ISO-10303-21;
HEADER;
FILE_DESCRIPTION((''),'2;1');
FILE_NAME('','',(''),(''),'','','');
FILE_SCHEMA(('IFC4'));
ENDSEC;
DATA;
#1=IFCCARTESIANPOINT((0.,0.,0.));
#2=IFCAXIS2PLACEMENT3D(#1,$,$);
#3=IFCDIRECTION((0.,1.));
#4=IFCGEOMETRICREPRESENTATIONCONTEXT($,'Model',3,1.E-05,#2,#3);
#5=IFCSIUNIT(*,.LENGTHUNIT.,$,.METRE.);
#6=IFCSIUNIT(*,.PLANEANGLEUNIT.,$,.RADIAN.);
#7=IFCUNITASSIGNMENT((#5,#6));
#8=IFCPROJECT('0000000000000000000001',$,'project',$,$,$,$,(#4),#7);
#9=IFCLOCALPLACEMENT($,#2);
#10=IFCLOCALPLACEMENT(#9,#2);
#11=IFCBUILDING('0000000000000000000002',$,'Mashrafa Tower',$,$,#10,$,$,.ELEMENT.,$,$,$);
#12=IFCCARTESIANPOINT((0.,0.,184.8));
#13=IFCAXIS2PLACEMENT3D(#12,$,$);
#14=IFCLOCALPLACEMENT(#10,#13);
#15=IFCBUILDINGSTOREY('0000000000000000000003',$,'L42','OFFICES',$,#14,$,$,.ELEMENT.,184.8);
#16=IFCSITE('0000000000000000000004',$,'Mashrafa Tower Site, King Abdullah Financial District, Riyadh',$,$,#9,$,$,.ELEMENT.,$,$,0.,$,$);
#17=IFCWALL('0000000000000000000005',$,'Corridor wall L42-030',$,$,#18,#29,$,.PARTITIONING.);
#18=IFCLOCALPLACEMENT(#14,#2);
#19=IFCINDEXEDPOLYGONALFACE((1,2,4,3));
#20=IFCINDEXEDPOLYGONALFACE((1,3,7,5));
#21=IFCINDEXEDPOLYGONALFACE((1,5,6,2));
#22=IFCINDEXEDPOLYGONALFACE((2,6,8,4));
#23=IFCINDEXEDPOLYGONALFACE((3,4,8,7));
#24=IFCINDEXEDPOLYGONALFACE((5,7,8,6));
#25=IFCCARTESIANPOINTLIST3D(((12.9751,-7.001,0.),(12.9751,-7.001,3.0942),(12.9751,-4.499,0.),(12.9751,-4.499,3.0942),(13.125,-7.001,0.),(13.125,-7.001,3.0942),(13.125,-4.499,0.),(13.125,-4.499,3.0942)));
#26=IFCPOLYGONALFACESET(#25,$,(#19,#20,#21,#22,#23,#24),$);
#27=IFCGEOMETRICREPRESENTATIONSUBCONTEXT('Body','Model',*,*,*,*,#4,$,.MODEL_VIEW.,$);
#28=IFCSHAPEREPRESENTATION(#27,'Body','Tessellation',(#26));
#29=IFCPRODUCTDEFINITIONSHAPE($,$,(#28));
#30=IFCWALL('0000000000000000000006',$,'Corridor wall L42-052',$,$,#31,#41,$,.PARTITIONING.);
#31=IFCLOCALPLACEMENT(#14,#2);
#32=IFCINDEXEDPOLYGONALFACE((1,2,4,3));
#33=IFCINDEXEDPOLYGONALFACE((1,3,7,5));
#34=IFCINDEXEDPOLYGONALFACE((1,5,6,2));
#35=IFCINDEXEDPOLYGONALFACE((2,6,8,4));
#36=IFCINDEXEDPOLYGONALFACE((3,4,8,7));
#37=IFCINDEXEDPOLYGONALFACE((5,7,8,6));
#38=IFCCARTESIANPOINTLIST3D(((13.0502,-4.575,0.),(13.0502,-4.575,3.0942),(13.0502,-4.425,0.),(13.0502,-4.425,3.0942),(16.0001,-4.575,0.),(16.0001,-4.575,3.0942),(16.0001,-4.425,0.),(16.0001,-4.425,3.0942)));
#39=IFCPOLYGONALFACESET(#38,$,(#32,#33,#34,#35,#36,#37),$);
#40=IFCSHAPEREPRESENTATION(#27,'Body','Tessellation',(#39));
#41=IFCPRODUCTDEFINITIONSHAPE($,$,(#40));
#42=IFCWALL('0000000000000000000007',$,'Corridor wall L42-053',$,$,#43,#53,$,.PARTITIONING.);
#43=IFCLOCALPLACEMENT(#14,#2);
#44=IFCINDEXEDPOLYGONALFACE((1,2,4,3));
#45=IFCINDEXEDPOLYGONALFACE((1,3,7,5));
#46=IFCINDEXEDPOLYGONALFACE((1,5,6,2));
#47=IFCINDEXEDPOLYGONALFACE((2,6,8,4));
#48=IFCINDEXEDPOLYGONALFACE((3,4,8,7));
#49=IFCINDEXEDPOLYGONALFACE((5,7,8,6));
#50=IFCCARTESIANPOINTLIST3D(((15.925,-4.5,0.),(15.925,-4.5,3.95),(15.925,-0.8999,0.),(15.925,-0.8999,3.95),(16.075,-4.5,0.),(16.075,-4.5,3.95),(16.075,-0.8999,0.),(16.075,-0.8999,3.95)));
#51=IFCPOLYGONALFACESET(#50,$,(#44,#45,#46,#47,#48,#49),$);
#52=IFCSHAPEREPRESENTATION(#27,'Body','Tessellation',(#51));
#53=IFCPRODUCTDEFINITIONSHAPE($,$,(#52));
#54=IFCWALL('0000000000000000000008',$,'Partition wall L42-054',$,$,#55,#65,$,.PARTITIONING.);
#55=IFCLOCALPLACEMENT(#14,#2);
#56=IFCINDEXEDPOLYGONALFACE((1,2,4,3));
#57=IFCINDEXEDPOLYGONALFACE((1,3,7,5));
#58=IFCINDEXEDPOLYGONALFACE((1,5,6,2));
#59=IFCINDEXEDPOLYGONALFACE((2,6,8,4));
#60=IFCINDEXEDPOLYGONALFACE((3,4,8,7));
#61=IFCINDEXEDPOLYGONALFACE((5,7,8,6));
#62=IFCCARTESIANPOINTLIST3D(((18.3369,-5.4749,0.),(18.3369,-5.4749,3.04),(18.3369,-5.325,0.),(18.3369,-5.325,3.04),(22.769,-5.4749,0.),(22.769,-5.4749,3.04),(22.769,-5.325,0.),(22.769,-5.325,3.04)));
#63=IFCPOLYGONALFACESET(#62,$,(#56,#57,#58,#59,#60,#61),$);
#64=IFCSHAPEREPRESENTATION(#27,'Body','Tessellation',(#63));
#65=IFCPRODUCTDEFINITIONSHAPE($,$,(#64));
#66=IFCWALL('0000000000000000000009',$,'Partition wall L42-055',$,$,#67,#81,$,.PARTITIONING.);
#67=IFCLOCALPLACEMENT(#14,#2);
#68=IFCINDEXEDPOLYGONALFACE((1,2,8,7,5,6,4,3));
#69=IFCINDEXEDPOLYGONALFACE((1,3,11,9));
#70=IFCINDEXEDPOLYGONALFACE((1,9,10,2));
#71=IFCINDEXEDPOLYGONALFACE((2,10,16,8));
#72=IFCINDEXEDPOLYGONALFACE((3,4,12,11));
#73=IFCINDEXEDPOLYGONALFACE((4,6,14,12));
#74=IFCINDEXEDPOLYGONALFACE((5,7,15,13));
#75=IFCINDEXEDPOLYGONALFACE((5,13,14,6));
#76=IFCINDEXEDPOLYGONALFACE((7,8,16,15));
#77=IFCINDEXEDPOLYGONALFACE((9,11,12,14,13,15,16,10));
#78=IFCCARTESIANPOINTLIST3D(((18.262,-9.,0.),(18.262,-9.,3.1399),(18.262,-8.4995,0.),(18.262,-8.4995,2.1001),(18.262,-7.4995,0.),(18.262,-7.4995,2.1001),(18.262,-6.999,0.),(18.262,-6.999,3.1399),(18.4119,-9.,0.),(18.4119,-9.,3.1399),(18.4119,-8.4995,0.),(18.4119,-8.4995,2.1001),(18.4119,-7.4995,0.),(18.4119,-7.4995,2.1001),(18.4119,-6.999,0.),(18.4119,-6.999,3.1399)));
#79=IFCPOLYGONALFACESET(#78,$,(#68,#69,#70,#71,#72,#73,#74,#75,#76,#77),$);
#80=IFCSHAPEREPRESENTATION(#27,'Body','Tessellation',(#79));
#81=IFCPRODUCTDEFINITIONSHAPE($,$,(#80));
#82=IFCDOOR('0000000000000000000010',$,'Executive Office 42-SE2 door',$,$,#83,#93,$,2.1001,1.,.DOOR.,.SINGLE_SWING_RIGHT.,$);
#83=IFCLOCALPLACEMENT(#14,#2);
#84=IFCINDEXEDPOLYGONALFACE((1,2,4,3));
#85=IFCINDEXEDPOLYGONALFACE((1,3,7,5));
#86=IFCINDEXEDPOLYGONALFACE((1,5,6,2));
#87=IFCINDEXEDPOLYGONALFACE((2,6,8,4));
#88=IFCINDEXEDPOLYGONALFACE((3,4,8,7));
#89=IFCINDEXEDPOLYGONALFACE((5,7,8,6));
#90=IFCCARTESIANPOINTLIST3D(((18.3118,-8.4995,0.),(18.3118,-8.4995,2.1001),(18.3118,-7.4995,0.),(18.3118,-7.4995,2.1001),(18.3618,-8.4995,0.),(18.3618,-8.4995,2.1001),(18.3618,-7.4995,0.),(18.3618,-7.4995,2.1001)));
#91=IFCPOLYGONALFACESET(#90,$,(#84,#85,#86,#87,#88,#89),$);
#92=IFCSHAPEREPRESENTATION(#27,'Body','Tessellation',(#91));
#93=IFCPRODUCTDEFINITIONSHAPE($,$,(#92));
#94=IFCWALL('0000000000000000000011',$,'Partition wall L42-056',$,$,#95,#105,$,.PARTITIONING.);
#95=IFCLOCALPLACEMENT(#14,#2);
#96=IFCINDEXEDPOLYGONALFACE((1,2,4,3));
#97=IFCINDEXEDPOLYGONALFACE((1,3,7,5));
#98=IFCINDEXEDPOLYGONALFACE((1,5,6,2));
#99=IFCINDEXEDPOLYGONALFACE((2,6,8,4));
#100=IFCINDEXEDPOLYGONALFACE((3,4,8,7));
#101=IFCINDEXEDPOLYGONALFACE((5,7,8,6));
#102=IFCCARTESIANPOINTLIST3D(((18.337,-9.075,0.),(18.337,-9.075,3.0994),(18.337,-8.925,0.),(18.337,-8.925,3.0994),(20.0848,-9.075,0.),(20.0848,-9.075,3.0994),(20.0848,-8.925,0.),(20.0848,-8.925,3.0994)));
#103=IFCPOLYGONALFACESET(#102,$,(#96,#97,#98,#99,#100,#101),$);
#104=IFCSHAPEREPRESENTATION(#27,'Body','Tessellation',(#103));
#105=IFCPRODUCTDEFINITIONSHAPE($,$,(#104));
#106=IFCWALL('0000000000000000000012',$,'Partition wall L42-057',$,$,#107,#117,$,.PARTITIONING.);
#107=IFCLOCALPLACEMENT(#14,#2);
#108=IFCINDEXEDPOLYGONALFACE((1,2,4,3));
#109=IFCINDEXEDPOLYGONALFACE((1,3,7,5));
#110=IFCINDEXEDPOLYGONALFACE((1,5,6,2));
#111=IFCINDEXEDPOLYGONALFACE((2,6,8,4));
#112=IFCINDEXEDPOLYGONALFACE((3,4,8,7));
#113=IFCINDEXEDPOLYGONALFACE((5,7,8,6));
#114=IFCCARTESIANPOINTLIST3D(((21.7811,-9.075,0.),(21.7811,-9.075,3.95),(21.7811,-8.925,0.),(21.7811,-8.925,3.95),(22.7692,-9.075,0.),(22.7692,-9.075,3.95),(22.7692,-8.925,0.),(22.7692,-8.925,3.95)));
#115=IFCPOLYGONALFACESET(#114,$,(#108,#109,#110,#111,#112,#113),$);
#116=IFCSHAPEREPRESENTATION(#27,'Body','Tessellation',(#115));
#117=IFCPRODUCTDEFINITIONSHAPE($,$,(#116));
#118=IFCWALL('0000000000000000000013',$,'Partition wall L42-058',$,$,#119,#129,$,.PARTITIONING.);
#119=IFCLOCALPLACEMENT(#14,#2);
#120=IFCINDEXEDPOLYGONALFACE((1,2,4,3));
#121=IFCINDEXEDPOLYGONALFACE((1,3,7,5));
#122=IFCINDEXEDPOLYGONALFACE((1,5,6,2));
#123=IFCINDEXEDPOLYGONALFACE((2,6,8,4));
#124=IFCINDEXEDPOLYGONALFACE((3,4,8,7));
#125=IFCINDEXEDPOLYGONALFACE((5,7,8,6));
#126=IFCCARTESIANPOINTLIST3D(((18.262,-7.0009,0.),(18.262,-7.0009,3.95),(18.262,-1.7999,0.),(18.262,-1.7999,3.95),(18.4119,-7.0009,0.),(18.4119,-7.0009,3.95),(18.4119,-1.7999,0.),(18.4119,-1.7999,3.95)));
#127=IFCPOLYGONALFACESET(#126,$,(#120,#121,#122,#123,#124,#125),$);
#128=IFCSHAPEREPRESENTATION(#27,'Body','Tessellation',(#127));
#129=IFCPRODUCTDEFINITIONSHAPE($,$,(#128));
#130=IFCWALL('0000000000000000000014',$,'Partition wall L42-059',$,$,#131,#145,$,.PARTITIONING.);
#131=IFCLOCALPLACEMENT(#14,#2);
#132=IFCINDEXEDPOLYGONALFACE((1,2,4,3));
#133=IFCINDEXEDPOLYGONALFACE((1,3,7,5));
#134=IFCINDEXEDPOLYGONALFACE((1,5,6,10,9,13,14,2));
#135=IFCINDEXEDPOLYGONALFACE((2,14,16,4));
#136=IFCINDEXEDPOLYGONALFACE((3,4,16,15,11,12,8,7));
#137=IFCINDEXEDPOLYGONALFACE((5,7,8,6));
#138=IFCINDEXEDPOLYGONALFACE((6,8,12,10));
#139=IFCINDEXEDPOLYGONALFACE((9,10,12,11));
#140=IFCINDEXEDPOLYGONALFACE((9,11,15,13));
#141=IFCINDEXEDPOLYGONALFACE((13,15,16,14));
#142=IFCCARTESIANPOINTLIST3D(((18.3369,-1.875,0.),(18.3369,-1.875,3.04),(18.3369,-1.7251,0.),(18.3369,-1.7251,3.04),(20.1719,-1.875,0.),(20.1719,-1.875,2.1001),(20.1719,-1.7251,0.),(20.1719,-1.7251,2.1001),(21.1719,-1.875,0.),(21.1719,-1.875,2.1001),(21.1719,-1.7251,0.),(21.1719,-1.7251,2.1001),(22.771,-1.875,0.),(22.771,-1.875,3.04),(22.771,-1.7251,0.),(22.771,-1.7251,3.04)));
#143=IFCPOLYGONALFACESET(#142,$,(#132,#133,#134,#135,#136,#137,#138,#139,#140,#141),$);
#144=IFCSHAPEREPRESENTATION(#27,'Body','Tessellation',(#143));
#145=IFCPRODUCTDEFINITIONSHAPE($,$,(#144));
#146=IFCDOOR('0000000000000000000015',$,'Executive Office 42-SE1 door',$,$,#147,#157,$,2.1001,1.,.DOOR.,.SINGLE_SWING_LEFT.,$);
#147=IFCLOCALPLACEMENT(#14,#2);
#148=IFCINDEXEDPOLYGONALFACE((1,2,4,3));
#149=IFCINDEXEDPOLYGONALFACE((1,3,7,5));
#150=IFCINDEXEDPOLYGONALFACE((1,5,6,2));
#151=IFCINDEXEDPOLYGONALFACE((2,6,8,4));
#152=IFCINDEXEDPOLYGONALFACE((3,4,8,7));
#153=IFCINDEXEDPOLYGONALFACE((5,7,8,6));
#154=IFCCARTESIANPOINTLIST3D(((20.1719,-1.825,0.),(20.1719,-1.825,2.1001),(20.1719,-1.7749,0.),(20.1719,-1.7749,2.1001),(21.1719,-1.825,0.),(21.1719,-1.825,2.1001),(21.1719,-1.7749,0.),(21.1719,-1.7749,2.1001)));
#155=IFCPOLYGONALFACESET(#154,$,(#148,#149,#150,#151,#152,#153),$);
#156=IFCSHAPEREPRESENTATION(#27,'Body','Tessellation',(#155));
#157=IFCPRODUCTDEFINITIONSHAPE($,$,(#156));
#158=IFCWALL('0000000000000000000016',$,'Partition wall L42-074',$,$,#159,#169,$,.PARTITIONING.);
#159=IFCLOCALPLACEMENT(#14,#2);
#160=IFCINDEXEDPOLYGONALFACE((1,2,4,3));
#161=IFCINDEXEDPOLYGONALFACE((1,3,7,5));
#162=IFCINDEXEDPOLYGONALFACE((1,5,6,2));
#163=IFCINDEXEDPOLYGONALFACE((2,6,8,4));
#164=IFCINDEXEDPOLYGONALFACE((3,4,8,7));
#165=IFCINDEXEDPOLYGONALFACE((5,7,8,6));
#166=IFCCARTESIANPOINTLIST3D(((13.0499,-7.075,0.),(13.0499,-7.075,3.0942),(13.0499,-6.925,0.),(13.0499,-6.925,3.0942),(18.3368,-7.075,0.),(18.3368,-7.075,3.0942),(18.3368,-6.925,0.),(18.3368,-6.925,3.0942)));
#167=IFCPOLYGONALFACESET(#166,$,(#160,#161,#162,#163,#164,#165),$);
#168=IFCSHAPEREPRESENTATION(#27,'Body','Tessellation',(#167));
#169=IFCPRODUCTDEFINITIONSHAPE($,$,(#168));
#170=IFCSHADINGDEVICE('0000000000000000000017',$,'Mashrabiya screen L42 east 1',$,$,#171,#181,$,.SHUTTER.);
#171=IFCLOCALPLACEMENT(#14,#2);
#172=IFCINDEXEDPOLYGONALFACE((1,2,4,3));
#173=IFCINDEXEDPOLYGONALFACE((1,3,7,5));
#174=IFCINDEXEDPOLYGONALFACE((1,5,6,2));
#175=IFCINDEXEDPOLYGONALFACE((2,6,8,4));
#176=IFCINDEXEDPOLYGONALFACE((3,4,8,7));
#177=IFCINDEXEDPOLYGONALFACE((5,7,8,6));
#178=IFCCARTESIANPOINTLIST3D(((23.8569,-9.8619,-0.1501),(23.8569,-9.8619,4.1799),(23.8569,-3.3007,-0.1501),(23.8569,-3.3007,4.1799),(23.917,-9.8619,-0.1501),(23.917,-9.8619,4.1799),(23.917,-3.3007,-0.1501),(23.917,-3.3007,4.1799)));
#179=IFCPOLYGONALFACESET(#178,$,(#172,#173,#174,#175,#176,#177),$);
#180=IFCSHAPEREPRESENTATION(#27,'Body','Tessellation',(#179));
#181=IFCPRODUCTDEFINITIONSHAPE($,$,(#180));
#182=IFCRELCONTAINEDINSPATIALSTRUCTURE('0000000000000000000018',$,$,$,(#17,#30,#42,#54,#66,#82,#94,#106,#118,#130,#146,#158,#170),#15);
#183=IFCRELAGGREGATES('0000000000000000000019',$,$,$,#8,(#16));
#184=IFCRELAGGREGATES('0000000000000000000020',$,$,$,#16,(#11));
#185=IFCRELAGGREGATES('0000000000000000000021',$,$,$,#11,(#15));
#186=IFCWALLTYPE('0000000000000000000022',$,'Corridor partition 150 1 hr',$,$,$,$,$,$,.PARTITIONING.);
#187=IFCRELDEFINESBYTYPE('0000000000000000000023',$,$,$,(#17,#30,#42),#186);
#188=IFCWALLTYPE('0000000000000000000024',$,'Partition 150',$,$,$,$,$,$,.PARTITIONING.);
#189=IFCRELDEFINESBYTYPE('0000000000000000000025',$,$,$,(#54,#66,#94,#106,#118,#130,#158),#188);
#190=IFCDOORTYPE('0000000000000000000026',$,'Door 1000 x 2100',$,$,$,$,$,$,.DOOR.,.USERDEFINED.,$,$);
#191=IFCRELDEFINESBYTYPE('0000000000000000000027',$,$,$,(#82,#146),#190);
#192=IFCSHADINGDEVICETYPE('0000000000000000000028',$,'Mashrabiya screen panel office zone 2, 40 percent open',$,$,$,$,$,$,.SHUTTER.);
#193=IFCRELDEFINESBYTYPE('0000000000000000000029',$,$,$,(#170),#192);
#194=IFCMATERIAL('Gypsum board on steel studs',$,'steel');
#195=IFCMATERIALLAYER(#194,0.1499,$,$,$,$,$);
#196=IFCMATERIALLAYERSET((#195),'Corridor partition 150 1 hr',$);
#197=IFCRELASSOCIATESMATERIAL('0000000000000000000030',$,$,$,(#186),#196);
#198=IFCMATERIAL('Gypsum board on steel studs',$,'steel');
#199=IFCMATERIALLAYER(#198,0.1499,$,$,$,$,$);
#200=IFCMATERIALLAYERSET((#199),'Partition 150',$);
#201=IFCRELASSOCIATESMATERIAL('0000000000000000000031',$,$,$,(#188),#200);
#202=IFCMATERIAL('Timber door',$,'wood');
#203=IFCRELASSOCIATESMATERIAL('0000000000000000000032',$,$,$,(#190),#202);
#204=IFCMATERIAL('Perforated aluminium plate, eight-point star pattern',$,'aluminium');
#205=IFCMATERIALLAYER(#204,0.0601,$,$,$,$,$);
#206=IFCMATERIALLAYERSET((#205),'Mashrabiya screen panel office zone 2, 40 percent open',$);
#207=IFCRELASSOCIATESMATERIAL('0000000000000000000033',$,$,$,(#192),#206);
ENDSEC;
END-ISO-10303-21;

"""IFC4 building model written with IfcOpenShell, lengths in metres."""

from ifc_helpers import new_model, si_unit, direction, frame, frame_2d, origin, origin_2d, place, context, subcontext, project, spatial, rectangle, extrude, source, transform, mapped, material, layer, layer_set, type_object, type_shapes, element, fill, save


model = new_model("IFC4")

# Units and contexts
model_context = context("Model", 3, precision=1e-05, world=origin(), true_north=direction((0.0, 1.0)))
body_context = subcontext(model_context, "Body", "Model", "MODEL_VIEW")
ifc_project = project(units=[si_unit("LENGTHUNIT", "METRE"), si_unit("PLANEANGLEUNIT", "RADIAN")], contexts=[model_context])

# Site, building, storey
site_placement = place(None, origin())
site = spatial("IfcSite", under=ifc_project, at=site_placement, Name="Mashrafa Tower Site, King Abdullah Financial District, Riyadh", CompositionType="ELEMENT", RefElevation=0.0)
building_placement = place(site_placement, origin())
building = spatial("IfcBuilding", under=site, at=building_placement, Name="Mashrafa Tower", CompositionType="ELEMENT")
storey_placement = place(building_placement, frame((0.0, 0.0, 184.8)))
storey = spatial("IfcBuildingStorey", under=building, at=storey_placement, Name="L42", Description="OFFICES", CompositionType="ELEMENT", Elevation=184.8)

# Shared definitions
ifc_material_1 = material(Name="Gypsum board on steel studs", Category="steel")
ifc_layer_1 = layer(ifc_material_1, 0.1499)
ifc_layer_set_1 = layer_set([ifc_layer_1], Name="Corridor partition 150 1 hr")
wall_type_1 = type_object("IfcWallType", Name="Corridor partition 150 1 hr", PredefinedType="PARTITIONING", material=ifc_layer_set_1)

# Wall
wall_1_placement = place(storey_placement, frame((13.05, -7.001, 0.0), z_axis=(0.0, 0.0, 1.0), x_axis=(0.0, 1.0, 0.0)))
element("IfcWall", 1, at=wall_1_placement, inside=storey, type_object=wall_type_1, Name="Corridor wall L42-030", PredefinedType="PARTITIONING", context=body_context, shape_type="SweptSolid", body=[
    extrude(rectangle(XDim=2.502, YDim=0.1499, at=frame_2d((1.251, 0.0))), origin(), (0.0, 0.0, 1.0), 3.0942),
])

# Walls
wall_2_placement = place(storey_placement, frame((13.05, -4.5, 0.0), z_axis=(0.0, 0.0, 1.0), x_axis=(1.0, 0.0, 0.0)))
element("IfcWall", 2, at=wall_2_placement, inside=storey, type_object=wall_type_1, Name="Corridor wall L42-052", PredefinedType="PARTITIONING", context=body_context, shape_type="SweptSolid", body=[
    extrude(rectangle(XDim=2.95, YDim=0.1499, at=frame_2d((1.4751, 0.0))), origin(), (0.0, 0.0, 1.0), 3.0942),
])
wall_3_placement = place(storey_placement, frame((16.0, -4.5, 0.0), z_axis=(0.0, 0.0, 1.0), x_axis=(0.0, 1.0, 0.0)))
element("IfcWall", 3, at=wall_3_placement, inside=storey, type_object=wall_type_1, Name="Corridor wall L42-053", PredefinedType="PARTITIONING", context=body_context, shape_type="SweptSolid", body=[
    extrude(rectangle(XDim=3.6001, YDim=0.1499, at=frame_2d((1.8, 0.0))), origin(), (0.0, 0.0, 1.0), 3.95),
])
ifc_material_2 = material(Name="Gypsum board on steel studs", Category="steel")
ifc_layer_2 = layer(ifc_material_2, 0.1499)
ifc_layer_set_2 = layer_set([ifc_layer_2], Name="Partition 150")
wall_type_2 = type_object("IfcWallType", Name="Partition 150", PredefinedType="PARTITIONING", material=ifc_layer_set_2)
wall_4_placement = place(storey_placement, frame((22.769, -5.3999, 0.0), z_axis=(0.0, 0.0, 1.0), x_axis=(-1.0, 0.0, 0.0)))
element("IfcWall", 4, at=wall_4_placement, inside=storey, type_object=wall_type_2, Name="Partition wall L42-054", PredefinedType="PARTITIONING", context=body_context, shape_type="SweptSolid", body=[
    extrude(rectangle(XDim=4.4321, YDim=0.1499, at=frame_2d((2.2161, 0.0))), origin(), (0.0, 0.0, 1.0), 3.04),
])

# Wall, opening, door
wall_5_placement = place(storey_placement, frame((18.3369, -6.999, 0.0), z_axis=(0.0, 0.0, 1.0), x_axis=(0.0, -1.0, 0.0)))
wall_5 = element("IfcWall", 5, at=wall_5_placement, inside=storey, type_object=wall_type_2, Name="Partition wall L42-055", PredefinedType="PARTITIONING", context=body_context, shape_type="SweptSolid", body=[
    extrude(rectangle(XDim=2.001, YDim=0.1499, at=frame_2d((1.0005, 0.0))), origin(), (0.0, 0.0, 1.0), 3.1399),
])
opening_1_placement = place(wall_5_placement, frame((0.5005, 0.0, 0.0)))
opening_1 = element("IfcOpeningElement", 6, at=opening_1_placement, cuts=wall_5, PredefinedType="OPENING", context=body_context, shape_type="SweptSolid", body=[
    extrude(rectangle(XDim=1.0, YDim=2.1001, at=frame_2d((0.5, 1.05))), frame((0.0, 0.085, 0.0), z_axis=(0.0, -1.0, 0.0), x_axis=(1.0, 0.0, 0.0)), (0.0, 0.0, 1.0), 0.1699),
])
ifc_material_3 = material(Name="Timber door", Category="wood")
door_type_1 = type_object("IfcDoorType", Name="Door 1000 x 2100", OperationType="USERDEFINED", PredefinedType="DOOR", material=ifc_material_3)
door_1_placement = place(opening_1_placement, origin())
door_1 = element("IfcDoor", 7, at=door_1_placement, inside=storey, type_object=door_type_1, Name="Executive Office 42-SE2 door", OperationType="SINGLE_SWING_RIGHT", OverallHeight=2.1001, OverallWidth=1.0, PredefinedType="DOOR", context=body_context, shape_type="SweptSolid", body=[
    extrude(rectangle(XDim=1.0, YDim=2.1001, at=frame_2d((0.5, 1.05))), frame((0.0, 0.0249, 0.0), z_axis=(0.0, -1.0, 0.0), x_axis=(1.0, 0.0, 0.0)), (0.0, 0.0, 1.0), 0.05),
])
fill(opening_1, door_1)

# Walls
wall_6_placement = place(storey_placement, frame((18.3369, -9.0, 0.0), z_axis=(0.0, 0.0, 1.0), x_axis=(1.0, 0.0, 0.0)))
element("IfcWall", 8, at=wall_6_placement, inside=storey, type_object=wall_type_2, Name="Partition wall L42-056", PredefinedType="PARTITIONING", context=body_context, shape_type="SweptSolid", body=[
    extrude(rectangle(XDim=1.7478, YDim=0.1499, at=frame_2d((0.874, 0.0))), origin(), (0.0, 0.0, 1.0), 3.0994),
])
wall_7_placement = place(storey_placement, frame((21.781, -9.0, 0.0), z_axis=(0.0, 0.0, 1.0), x_axis=(1.0, 0.0, 0.0)))
element("IfcWall", 9, at=wall_7_placement, inside=storey, type_object=wall_type_2, Name="Partition wall L42-057", PredefinedType="PARTITIONING", context=body_context, shape_type="SweptSolid", body=[
    extrude(rectangle(XDim=0.988, YDim=0.1499, at=frame_2d((0.4941, 0.0))), origin(), (0.0, 0.0, 1.0), 3.95),
])
wall_8_placement = place(storey_placement, frame((18.3369, -7.001, 0.0), z_axis=(0.0, 0.0, 1.0), x_axis=(0.0, 1.0, 0.0)))
element("IfcWall", 10, at=wall_8_placement, inside=storey, type_object=wall_type_2, Name="Partition wall L42-058", PredefinedType="PARTITIONING", context=body_context, shape_type="SweptSolid", body=[
    extrude(rectangle(XDim=5.2009, YDim=0.1499, at=frame_2d((2.6006, 0.0))), origin(), (0.0, 0.0, 1.0), 3.95),
])

# Wall, opening, door
wall_9_placement = place(storey_placement, frame((22.771, -1.8, 0.0), z_axis=(0.0, 0.0, 1.0), x_axis=(-1.0, 0.0, 0.0)))
wall_9 = element("IfcWall", 11, at=wall_9_placement, inside=storey, type_object=wall_type_2, Name="Partition wall L42-059", PredefinedType="PARTITIONING", context=body_context, shape_type="SweptSolid", body=[
    extrude(rectangle(XDim=4.4341, YDim=0.1499, at=frame_2d((2.217, 0.0))), origin(), (0.0, 0.0, 1.0), 3.04),
])
opening_2_placement = place(wall_9_placement, frame((1.5991, 0.0, 0.0)))
opening_2 = element("IfcOpeningElement", 12, at=opening_2_placement, cuts=wall_9, PredefinedType="OPENING", context=body_context, shape_type="SweptSolid", body=[
    extrude(rectangle(XDim=1.0, YDim=2.1001, at=frame_2d((0.5, 1.05))), frame((0.0, 0.085, 0.0), z_axis=(0.0, -1.0, 0.0), x_axis=(1.0, 0.0, 0.0)), (0.0, 0.0, 1.0), 0.1699),
])
door_2_placement = place(opening_2_placement, origin())
door_2 = element("IfcDoor", 13, at=door_2_placement, inside=storey, type_object=door_type_1, Name="Executive Office 42-SE1 door", OperationType="SINGLE_SWING_LEFT", OverallHeight=2.1001, OverallWidth=1.0, PredefinedType="DOOR", context=body_context, shape_type="SweptSolid", body=[
    extrude(rectangle(XDim=1.0, YDim=2.1001, at=frame_2d((0.5, 1.05))), frame((0.0, 0.0249, 0.0), z_axis=(0.0, -1.0, 0.0), x_axis=(1.0, 0.0, 0.0)), (0.0, 0.0, 1.0), 0.05),
])
fill(opening_2, door_2)

# Wall
wall_10_placement = place(storey_placement, frame((18.3369, -7.0, 0.0), z_axis=(0.0, 0.0, 1.0), x_axis=(-1.0, 0.0, 0.0)))
element("IfcWall", 14, at=wall_10_placement, inside=storey, type_object=wall_type_2, Name="Partition wall L42-074", PredefinedType="PARTITIONING", context=body_context, shape_type="SweptSolid", body=[
    extrude(rectangle(XDim=5.2869, YDim=0.1499, at=frame_2d((2.6436, 0.0))), origin(), (0.0, 0.0, 1.0), 3.0942),
])

# Shading device
ifc_material_4 = material(Name="Perforated aluminium plate, eight-point star pattern", Category="aluminium")
ifc_layer_3 = layer(ifc_material_4, 0.0601)
ifc_layer_set_3 = layer_set([ifc_layer_3], Name="Mashrabiya screen panel office zone 2, 40 percent open")
shading_device_type = type_object("IfcShadingDeviceType", Name="Mashrabiya screen panel office zone 2, 40 percent open", PredefinedType="SHUTTER", material=ifc_layer_set_3)
shared_shape_1 = source(origin(), body_context, "Body", "SweptSolid", [
    extrude(rectangle(XDim=6.5613, YDim=0.0601, at=origin_2d()), origin(), (0.0, 0.0, 1.0), 4.3301),
])
type_shapes(shading_device_type, [shared_shape_1])
shading_device_placement = place(storey_placement, frame((23.887, -6.5813, -0.1501), z_axis=(0.0, 0.0, 1.0), x_axis=(0.0, 1.0, 0.0)))
element("IfcShadingDevice", 15, at=shading_device_placement, inside=storey, type_object=shading_device_type, Name="Mashrabiya screen L42 east 1", PredefinedType="SHUTTER", context=body_context, shape_type="MappedRepresentation", body=[
    mapped(shared_shape_1, transform((0.0, 0.0, 0.0))),
])

save(model, "model.ifc")
